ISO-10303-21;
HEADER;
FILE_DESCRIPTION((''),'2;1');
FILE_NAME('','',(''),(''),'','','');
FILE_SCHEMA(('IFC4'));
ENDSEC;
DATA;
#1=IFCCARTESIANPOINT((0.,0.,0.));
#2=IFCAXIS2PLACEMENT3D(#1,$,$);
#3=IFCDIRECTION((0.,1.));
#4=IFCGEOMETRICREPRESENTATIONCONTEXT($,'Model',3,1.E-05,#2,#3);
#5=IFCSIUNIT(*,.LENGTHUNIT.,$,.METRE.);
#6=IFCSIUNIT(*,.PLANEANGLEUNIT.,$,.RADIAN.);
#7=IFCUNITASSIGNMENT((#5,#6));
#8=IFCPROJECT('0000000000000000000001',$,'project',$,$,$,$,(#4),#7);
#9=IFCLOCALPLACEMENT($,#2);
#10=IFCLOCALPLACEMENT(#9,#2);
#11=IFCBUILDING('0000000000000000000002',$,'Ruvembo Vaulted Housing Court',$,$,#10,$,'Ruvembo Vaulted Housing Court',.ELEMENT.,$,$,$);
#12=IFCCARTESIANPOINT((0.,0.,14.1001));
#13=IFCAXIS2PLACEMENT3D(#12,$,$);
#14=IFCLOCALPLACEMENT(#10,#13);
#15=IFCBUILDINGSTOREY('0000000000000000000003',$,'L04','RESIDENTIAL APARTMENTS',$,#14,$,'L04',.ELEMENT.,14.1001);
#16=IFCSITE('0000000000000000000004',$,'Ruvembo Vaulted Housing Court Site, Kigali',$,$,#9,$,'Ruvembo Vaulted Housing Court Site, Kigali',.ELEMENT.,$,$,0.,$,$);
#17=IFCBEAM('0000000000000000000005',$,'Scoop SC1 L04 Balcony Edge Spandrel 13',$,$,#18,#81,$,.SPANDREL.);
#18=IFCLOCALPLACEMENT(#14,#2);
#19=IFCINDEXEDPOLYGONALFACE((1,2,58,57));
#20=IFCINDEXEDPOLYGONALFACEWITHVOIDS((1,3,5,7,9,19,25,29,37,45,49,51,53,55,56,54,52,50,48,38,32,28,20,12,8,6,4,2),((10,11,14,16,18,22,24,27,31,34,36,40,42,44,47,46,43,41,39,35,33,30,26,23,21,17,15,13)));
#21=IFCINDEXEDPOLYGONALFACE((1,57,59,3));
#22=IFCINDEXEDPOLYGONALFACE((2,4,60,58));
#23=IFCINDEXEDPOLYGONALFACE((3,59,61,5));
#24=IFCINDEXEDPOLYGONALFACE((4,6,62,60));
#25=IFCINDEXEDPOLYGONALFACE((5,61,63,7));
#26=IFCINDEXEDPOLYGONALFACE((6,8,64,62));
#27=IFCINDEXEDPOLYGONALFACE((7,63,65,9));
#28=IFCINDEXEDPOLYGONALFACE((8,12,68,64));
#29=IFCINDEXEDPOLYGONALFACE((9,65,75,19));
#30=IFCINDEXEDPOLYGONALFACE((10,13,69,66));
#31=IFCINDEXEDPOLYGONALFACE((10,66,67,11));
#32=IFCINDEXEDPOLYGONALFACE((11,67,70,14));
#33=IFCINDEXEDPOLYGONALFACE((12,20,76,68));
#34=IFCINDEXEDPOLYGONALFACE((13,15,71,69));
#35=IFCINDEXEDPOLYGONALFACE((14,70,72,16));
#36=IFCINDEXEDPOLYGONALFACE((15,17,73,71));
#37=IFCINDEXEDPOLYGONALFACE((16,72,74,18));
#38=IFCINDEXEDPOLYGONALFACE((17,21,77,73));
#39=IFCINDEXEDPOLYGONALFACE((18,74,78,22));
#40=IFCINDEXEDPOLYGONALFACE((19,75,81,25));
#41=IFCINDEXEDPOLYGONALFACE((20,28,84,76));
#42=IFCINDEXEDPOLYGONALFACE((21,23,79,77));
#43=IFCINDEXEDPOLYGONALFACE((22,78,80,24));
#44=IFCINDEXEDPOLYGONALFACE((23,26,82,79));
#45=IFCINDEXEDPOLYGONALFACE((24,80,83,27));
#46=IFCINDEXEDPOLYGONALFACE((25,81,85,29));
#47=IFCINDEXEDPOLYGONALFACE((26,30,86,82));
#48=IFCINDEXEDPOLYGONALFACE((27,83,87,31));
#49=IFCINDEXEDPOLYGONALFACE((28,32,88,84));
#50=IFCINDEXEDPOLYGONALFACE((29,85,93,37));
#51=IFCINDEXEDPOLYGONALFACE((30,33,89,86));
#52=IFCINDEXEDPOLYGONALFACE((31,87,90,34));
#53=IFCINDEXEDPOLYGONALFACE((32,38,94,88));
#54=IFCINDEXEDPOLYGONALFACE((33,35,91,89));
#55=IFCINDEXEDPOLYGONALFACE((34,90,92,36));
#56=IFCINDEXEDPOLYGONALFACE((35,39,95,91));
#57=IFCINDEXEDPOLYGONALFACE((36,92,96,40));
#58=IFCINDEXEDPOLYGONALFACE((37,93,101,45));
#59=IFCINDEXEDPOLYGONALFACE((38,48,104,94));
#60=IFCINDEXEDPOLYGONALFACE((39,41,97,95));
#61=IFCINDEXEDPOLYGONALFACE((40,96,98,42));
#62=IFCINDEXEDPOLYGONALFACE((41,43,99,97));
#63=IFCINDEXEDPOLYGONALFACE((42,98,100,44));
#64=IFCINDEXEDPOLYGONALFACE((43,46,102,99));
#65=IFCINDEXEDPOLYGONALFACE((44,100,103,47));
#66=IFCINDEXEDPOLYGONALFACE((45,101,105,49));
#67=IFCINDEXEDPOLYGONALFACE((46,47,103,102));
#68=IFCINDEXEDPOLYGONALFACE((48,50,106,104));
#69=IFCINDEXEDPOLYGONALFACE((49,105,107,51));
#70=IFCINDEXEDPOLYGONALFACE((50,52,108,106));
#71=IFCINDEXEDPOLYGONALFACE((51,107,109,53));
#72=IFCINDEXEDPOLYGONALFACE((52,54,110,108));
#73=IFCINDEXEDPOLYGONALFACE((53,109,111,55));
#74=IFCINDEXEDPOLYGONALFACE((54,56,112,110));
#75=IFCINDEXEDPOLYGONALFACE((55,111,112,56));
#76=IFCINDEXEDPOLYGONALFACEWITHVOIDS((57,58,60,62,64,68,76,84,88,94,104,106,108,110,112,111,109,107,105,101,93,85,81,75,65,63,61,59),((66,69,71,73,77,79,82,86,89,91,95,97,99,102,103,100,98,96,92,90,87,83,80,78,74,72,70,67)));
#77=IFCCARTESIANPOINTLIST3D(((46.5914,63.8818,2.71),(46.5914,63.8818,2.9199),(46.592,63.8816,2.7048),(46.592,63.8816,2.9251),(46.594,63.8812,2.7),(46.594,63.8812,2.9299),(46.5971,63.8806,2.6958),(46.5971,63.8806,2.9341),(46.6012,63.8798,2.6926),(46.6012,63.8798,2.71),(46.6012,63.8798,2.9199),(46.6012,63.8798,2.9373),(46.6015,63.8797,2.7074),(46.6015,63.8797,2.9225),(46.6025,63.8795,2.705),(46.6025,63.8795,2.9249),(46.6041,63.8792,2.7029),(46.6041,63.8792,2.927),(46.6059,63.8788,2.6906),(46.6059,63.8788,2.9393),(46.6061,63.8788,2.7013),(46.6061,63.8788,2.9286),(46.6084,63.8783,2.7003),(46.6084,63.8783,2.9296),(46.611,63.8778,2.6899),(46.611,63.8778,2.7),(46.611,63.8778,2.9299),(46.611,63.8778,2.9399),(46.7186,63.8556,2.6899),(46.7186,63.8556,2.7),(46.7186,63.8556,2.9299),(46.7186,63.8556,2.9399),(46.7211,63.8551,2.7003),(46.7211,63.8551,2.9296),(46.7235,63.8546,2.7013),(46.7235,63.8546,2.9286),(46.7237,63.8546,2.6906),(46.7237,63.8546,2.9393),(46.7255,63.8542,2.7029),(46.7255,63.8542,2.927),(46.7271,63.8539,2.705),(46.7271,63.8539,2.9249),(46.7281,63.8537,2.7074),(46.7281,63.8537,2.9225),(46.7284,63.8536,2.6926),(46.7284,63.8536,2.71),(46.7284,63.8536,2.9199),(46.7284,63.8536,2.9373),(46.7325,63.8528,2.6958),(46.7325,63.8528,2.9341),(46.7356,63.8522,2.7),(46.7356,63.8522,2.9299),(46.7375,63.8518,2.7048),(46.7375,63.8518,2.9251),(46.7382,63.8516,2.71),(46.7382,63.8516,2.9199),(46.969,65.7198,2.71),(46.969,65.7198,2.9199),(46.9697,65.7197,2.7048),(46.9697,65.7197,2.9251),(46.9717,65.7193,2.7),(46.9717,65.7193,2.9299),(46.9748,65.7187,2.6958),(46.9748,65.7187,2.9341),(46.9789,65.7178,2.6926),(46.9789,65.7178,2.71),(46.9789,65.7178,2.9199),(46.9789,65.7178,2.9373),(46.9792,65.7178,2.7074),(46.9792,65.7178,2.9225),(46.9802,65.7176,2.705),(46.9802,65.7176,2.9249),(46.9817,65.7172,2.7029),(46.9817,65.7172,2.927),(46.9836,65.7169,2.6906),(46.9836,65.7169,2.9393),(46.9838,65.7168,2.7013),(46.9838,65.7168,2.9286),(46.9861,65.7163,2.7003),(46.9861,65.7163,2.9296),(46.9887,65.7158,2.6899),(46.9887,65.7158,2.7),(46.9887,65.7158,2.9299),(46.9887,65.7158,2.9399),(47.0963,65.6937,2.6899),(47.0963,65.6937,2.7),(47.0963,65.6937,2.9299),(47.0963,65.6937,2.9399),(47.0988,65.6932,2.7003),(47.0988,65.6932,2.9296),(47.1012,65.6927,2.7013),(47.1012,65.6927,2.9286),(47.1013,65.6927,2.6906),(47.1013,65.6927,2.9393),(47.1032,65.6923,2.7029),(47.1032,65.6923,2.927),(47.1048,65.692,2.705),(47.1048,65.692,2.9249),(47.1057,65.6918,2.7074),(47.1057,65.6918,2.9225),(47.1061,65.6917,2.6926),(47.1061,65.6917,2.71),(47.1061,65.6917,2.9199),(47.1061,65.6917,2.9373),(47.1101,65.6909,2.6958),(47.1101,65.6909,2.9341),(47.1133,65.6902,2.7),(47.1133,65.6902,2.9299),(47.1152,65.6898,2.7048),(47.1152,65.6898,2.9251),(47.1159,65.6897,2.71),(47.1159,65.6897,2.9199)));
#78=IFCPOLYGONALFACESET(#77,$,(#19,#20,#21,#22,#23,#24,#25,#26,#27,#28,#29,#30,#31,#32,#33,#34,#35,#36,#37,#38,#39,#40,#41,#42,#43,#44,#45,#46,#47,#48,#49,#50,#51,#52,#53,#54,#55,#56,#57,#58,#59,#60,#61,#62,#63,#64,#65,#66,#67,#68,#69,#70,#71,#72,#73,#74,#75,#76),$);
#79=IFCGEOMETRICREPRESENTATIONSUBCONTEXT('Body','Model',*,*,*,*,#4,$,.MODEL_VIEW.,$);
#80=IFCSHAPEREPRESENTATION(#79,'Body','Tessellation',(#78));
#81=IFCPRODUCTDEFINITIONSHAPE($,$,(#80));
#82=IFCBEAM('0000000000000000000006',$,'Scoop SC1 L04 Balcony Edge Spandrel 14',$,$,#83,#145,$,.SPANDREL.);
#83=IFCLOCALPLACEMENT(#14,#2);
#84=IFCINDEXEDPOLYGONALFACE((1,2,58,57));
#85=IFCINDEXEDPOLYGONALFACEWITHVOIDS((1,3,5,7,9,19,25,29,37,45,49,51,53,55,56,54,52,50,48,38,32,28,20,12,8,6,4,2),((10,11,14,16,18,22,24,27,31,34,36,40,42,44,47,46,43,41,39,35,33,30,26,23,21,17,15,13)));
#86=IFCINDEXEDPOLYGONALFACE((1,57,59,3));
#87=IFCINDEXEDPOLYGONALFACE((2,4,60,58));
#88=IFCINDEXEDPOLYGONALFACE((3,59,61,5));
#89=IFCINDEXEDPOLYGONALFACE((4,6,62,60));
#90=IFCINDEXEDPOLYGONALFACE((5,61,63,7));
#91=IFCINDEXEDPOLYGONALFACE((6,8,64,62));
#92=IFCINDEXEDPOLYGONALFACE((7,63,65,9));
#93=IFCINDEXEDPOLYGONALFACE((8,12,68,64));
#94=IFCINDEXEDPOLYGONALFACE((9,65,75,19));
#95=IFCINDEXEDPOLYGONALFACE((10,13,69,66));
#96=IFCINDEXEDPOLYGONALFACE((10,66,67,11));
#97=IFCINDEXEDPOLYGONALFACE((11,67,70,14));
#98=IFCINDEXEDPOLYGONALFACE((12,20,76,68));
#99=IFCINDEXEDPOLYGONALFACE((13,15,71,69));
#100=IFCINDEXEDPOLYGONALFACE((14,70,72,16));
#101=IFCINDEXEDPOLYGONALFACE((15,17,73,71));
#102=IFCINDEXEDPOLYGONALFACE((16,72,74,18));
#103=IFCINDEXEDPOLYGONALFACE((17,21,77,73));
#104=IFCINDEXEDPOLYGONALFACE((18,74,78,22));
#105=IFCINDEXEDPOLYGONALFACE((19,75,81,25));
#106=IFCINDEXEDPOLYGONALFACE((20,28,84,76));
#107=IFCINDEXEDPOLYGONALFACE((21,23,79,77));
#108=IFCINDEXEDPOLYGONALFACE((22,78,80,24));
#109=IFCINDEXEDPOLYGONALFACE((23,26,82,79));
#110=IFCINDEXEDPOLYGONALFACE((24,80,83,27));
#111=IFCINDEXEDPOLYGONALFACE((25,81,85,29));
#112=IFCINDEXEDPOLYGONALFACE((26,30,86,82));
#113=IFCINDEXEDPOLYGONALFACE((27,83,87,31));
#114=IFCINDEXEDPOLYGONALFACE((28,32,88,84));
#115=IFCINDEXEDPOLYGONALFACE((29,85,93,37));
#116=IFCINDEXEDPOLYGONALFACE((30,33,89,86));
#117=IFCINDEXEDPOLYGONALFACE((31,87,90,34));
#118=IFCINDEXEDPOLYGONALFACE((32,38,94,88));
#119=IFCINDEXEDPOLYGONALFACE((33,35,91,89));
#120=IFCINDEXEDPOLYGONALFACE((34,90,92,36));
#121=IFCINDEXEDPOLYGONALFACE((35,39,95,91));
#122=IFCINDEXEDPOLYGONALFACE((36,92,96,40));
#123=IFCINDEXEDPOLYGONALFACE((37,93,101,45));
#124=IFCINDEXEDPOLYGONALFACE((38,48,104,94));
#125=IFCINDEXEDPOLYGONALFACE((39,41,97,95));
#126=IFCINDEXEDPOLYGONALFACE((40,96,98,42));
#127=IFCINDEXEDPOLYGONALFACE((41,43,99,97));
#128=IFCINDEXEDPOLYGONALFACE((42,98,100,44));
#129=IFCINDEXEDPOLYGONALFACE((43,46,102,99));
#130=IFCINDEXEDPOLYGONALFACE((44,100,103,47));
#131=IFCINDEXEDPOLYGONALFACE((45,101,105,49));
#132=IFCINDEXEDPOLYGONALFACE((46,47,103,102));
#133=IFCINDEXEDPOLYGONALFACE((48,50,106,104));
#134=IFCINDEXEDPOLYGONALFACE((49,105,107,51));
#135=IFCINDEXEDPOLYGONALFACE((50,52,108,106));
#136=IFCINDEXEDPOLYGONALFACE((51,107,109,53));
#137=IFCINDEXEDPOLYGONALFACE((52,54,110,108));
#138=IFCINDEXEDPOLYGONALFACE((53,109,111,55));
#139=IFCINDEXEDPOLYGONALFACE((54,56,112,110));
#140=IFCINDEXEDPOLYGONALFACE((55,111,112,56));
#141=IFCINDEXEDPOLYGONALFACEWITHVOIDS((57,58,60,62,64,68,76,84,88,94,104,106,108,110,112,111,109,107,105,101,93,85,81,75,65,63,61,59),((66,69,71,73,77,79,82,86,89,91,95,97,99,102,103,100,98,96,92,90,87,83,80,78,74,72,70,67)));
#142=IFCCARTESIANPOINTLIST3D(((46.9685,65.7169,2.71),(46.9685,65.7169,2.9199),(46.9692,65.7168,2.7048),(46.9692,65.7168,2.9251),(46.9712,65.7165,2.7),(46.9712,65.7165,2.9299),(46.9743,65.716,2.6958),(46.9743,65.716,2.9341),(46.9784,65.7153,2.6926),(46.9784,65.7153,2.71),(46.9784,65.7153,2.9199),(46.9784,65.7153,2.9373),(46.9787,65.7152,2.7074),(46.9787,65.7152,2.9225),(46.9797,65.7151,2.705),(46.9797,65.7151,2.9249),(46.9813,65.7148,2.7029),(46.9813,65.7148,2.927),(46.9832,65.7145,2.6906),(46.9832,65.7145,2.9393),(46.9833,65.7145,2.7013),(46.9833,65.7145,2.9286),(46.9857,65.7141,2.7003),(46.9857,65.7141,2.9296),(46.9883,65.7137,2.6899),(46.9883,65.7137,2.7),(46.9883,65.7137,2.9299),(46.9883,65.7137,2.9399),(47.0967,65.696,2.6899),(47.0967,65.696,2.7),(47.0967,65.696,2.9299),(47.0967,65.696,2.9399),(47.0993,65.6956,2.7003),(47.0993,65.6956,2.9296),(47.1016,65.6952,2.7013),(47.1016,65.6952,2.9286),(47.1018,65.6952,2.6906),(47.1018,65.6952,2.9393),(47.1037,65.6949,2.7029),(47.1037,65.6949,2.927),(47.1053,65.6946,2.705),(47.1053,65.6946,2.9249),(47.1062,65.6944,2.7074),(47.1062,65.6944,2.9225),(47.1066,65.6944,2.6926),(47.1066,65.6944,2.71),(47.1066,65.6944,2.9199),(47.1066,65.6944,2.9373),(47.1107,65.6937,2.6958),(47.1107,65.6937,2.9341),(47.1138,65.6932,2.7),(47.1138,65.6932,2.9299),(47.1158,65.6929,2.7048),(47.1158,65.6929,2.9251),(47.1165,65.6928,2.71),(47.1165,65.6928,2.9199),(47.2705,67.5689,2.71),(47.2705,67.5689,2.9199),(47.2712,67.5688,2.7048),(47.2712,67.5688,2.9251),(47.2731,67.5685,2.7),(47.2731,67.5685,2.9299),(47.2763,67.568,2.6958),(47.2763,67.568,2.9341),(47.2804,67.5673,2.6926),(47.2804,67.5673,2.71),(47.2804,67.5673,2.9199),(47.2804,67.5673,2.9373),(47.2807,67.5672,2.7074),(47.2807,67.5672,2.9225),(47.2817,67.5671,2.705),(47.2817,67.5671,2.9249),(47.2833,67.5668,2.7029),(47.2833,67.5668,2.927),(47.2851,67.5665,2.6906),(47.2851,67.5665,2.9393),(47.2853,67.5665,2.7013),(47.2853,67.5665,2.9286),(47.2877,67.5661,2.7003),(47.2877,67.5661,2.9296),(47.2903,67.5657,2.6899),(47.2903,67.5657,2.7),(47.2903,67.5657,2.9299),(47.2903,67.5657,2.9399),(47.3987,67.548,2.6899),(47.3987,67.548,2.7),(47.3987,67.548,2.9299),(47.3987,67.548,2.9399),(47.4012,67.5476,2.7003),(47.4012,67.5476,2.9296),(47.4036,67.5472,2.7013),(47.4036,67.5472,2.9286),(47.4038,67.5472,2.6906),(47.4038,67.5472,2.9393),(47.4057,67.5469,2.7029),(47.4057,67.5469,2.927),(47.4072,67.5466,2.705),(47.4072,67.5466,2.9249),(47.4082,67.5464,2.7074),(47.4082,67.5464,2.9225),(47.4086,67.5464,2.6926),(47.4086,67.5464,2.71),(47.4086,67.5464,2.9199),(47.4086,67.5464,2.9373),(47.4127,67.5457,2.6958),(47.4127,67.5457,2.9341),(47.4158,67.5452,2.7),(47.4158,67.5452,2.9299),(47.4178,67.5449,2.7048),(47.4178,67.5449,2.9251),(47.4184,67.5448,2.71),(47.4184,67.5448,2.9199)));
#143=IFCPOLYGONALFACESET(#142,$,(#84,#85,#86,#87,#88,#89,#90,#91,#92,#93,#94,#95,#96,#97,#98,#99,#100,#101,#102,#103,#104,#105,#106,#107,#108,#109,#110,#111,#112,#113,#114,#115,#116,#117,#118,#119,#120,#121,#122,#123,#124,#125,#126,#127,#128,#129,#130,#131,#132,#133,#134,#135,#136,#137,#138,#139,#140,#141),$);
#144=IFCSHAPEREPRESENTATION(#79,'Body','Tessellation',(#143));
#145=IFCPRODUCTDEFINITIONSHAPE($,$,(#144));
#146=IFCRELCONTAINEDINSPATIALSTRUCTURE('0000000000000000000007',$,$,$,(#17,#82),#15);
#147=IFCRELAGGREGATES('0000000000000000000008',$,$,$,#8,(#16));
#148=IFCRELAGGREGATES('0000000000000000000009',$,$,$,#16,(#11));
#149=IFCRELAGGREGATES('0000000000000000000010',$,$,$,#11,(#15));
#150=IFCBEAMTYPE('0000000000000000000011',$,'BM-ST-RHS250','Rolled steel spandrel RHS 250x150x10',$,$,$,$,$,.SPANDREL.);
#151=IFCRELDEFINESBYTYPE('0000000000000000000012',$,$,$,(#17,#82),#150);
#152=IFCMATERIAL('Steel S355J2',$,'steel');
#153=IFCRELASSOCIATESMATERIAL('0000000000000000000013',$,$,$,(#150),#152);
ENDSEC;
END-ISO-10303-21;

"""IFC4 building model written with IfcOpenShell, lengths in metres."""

from ifc_helpers import new_model, si_unit, direction, frame, origin, origin_2d, place, context, subcontext, project, spatial, hollow_rectangle, extrude, material, material_profile, profile_set, type_object, element, save


model = new_model("IFC4")

# Units and contexts
model_context = context("Model", 3, precision=1e-05, world=origin(), true_north=direction((0.0, 1.0)))
body_context = subcontext(model_context, "Body", "Model", "MODEL_VIEW")
ifc_project = project(units=[si_unit("LENGTHUNIT", "METRE"), si_unit("PLANEANGLEUNIT", "RADIAN")], contexts=[model_context])

# Site, building, storey
site_placement = place(None, origin())
site = spatial("IfcSite", under=ifc_project, at=site_placement, Name="Ruvembo Vaulted Housing Court Site, Kigali", LongName="Ruvembo Vaulted Housing Court Site, Kigali", CompositionType="ELEMENT", RefElevation=0.0)
building_placement = place(site_placement, origin())
building = spatial("IfcBuilding", under=site, at=building_placement, Name="Ruvembo Vaulted Housing Court", LongName="Ruvembo Vaulted Housing Court", CompositionType="ELEMENT")
storey_placement = place(building_placement, frame((0.0, 0.0, 14.1001)))
storey = spatial("IfcBuildingStorey", under=building, at=storey_placement, Name="L04", Description="RESIDENTIAL APARTMENTS", LongName="L04", CompositionType="ELEMENT", Elevation=14.1001)

# Beams
ifc_material_1 = material(Name="Steel S355J2", Category="steel")
ifc_material_profile_1 = material_profile(ifc_material_1, hollow_rectangle(XDim=0.1499, YDim=0.25, WallThickness=0.01, InnerFilletRadius=0.01, OuterFilletRadius=0.02, at=origin_2d()), Name="RHS 250x150x10")
ifc_profile_set_1 = profile_set([ifc_material_profile_1], Name="Steel S355J2")
beam_type = type_object("IfcBeamType", Name="BM-ST-RHS250", Description="Rolled steel spandrel RHS 250x150x10", PredefinedType="SPANDREL", material=ifc_profile_set_1)
for number, where, z_axis, x_axis, name in (
    (1, (46.6648, 63.8667, 2.8149), (0.201267, 0.979536, 0.0), (-0.979536, 0.201267, 0.0), "Scoop SC1 L04 Balcony Edge Spandrel 13"),
    (2, (47.0425, 65.7048, 2.8149), (0.160938, 0.986965, 0.0), (-0.986965, 0.160938, 0.0), "Scoop SC1 L04 Balcony Edge Spandrel 14"),
):
    element("IfcBeam", number, at=place(storey_placement, frame(where, z_axis=z_axis, x_axis=x_axis)), inside=storey, type_object=beam_type, Name=name, PredefinedType="SPANDREL", context=body_context, shape_type="SweptSolid", body=[
        extrude(hollow_rectangle(XDim=0.1499, YDim=0.25, WallThickness=0.01, InnerFilletRadius=0.01, OuterFilletRadius=0.02, at=origin_2d()), origin(), (0.0, 0.0, 1.0), 1.8765),
    ])

save(model, "model.ifc")
